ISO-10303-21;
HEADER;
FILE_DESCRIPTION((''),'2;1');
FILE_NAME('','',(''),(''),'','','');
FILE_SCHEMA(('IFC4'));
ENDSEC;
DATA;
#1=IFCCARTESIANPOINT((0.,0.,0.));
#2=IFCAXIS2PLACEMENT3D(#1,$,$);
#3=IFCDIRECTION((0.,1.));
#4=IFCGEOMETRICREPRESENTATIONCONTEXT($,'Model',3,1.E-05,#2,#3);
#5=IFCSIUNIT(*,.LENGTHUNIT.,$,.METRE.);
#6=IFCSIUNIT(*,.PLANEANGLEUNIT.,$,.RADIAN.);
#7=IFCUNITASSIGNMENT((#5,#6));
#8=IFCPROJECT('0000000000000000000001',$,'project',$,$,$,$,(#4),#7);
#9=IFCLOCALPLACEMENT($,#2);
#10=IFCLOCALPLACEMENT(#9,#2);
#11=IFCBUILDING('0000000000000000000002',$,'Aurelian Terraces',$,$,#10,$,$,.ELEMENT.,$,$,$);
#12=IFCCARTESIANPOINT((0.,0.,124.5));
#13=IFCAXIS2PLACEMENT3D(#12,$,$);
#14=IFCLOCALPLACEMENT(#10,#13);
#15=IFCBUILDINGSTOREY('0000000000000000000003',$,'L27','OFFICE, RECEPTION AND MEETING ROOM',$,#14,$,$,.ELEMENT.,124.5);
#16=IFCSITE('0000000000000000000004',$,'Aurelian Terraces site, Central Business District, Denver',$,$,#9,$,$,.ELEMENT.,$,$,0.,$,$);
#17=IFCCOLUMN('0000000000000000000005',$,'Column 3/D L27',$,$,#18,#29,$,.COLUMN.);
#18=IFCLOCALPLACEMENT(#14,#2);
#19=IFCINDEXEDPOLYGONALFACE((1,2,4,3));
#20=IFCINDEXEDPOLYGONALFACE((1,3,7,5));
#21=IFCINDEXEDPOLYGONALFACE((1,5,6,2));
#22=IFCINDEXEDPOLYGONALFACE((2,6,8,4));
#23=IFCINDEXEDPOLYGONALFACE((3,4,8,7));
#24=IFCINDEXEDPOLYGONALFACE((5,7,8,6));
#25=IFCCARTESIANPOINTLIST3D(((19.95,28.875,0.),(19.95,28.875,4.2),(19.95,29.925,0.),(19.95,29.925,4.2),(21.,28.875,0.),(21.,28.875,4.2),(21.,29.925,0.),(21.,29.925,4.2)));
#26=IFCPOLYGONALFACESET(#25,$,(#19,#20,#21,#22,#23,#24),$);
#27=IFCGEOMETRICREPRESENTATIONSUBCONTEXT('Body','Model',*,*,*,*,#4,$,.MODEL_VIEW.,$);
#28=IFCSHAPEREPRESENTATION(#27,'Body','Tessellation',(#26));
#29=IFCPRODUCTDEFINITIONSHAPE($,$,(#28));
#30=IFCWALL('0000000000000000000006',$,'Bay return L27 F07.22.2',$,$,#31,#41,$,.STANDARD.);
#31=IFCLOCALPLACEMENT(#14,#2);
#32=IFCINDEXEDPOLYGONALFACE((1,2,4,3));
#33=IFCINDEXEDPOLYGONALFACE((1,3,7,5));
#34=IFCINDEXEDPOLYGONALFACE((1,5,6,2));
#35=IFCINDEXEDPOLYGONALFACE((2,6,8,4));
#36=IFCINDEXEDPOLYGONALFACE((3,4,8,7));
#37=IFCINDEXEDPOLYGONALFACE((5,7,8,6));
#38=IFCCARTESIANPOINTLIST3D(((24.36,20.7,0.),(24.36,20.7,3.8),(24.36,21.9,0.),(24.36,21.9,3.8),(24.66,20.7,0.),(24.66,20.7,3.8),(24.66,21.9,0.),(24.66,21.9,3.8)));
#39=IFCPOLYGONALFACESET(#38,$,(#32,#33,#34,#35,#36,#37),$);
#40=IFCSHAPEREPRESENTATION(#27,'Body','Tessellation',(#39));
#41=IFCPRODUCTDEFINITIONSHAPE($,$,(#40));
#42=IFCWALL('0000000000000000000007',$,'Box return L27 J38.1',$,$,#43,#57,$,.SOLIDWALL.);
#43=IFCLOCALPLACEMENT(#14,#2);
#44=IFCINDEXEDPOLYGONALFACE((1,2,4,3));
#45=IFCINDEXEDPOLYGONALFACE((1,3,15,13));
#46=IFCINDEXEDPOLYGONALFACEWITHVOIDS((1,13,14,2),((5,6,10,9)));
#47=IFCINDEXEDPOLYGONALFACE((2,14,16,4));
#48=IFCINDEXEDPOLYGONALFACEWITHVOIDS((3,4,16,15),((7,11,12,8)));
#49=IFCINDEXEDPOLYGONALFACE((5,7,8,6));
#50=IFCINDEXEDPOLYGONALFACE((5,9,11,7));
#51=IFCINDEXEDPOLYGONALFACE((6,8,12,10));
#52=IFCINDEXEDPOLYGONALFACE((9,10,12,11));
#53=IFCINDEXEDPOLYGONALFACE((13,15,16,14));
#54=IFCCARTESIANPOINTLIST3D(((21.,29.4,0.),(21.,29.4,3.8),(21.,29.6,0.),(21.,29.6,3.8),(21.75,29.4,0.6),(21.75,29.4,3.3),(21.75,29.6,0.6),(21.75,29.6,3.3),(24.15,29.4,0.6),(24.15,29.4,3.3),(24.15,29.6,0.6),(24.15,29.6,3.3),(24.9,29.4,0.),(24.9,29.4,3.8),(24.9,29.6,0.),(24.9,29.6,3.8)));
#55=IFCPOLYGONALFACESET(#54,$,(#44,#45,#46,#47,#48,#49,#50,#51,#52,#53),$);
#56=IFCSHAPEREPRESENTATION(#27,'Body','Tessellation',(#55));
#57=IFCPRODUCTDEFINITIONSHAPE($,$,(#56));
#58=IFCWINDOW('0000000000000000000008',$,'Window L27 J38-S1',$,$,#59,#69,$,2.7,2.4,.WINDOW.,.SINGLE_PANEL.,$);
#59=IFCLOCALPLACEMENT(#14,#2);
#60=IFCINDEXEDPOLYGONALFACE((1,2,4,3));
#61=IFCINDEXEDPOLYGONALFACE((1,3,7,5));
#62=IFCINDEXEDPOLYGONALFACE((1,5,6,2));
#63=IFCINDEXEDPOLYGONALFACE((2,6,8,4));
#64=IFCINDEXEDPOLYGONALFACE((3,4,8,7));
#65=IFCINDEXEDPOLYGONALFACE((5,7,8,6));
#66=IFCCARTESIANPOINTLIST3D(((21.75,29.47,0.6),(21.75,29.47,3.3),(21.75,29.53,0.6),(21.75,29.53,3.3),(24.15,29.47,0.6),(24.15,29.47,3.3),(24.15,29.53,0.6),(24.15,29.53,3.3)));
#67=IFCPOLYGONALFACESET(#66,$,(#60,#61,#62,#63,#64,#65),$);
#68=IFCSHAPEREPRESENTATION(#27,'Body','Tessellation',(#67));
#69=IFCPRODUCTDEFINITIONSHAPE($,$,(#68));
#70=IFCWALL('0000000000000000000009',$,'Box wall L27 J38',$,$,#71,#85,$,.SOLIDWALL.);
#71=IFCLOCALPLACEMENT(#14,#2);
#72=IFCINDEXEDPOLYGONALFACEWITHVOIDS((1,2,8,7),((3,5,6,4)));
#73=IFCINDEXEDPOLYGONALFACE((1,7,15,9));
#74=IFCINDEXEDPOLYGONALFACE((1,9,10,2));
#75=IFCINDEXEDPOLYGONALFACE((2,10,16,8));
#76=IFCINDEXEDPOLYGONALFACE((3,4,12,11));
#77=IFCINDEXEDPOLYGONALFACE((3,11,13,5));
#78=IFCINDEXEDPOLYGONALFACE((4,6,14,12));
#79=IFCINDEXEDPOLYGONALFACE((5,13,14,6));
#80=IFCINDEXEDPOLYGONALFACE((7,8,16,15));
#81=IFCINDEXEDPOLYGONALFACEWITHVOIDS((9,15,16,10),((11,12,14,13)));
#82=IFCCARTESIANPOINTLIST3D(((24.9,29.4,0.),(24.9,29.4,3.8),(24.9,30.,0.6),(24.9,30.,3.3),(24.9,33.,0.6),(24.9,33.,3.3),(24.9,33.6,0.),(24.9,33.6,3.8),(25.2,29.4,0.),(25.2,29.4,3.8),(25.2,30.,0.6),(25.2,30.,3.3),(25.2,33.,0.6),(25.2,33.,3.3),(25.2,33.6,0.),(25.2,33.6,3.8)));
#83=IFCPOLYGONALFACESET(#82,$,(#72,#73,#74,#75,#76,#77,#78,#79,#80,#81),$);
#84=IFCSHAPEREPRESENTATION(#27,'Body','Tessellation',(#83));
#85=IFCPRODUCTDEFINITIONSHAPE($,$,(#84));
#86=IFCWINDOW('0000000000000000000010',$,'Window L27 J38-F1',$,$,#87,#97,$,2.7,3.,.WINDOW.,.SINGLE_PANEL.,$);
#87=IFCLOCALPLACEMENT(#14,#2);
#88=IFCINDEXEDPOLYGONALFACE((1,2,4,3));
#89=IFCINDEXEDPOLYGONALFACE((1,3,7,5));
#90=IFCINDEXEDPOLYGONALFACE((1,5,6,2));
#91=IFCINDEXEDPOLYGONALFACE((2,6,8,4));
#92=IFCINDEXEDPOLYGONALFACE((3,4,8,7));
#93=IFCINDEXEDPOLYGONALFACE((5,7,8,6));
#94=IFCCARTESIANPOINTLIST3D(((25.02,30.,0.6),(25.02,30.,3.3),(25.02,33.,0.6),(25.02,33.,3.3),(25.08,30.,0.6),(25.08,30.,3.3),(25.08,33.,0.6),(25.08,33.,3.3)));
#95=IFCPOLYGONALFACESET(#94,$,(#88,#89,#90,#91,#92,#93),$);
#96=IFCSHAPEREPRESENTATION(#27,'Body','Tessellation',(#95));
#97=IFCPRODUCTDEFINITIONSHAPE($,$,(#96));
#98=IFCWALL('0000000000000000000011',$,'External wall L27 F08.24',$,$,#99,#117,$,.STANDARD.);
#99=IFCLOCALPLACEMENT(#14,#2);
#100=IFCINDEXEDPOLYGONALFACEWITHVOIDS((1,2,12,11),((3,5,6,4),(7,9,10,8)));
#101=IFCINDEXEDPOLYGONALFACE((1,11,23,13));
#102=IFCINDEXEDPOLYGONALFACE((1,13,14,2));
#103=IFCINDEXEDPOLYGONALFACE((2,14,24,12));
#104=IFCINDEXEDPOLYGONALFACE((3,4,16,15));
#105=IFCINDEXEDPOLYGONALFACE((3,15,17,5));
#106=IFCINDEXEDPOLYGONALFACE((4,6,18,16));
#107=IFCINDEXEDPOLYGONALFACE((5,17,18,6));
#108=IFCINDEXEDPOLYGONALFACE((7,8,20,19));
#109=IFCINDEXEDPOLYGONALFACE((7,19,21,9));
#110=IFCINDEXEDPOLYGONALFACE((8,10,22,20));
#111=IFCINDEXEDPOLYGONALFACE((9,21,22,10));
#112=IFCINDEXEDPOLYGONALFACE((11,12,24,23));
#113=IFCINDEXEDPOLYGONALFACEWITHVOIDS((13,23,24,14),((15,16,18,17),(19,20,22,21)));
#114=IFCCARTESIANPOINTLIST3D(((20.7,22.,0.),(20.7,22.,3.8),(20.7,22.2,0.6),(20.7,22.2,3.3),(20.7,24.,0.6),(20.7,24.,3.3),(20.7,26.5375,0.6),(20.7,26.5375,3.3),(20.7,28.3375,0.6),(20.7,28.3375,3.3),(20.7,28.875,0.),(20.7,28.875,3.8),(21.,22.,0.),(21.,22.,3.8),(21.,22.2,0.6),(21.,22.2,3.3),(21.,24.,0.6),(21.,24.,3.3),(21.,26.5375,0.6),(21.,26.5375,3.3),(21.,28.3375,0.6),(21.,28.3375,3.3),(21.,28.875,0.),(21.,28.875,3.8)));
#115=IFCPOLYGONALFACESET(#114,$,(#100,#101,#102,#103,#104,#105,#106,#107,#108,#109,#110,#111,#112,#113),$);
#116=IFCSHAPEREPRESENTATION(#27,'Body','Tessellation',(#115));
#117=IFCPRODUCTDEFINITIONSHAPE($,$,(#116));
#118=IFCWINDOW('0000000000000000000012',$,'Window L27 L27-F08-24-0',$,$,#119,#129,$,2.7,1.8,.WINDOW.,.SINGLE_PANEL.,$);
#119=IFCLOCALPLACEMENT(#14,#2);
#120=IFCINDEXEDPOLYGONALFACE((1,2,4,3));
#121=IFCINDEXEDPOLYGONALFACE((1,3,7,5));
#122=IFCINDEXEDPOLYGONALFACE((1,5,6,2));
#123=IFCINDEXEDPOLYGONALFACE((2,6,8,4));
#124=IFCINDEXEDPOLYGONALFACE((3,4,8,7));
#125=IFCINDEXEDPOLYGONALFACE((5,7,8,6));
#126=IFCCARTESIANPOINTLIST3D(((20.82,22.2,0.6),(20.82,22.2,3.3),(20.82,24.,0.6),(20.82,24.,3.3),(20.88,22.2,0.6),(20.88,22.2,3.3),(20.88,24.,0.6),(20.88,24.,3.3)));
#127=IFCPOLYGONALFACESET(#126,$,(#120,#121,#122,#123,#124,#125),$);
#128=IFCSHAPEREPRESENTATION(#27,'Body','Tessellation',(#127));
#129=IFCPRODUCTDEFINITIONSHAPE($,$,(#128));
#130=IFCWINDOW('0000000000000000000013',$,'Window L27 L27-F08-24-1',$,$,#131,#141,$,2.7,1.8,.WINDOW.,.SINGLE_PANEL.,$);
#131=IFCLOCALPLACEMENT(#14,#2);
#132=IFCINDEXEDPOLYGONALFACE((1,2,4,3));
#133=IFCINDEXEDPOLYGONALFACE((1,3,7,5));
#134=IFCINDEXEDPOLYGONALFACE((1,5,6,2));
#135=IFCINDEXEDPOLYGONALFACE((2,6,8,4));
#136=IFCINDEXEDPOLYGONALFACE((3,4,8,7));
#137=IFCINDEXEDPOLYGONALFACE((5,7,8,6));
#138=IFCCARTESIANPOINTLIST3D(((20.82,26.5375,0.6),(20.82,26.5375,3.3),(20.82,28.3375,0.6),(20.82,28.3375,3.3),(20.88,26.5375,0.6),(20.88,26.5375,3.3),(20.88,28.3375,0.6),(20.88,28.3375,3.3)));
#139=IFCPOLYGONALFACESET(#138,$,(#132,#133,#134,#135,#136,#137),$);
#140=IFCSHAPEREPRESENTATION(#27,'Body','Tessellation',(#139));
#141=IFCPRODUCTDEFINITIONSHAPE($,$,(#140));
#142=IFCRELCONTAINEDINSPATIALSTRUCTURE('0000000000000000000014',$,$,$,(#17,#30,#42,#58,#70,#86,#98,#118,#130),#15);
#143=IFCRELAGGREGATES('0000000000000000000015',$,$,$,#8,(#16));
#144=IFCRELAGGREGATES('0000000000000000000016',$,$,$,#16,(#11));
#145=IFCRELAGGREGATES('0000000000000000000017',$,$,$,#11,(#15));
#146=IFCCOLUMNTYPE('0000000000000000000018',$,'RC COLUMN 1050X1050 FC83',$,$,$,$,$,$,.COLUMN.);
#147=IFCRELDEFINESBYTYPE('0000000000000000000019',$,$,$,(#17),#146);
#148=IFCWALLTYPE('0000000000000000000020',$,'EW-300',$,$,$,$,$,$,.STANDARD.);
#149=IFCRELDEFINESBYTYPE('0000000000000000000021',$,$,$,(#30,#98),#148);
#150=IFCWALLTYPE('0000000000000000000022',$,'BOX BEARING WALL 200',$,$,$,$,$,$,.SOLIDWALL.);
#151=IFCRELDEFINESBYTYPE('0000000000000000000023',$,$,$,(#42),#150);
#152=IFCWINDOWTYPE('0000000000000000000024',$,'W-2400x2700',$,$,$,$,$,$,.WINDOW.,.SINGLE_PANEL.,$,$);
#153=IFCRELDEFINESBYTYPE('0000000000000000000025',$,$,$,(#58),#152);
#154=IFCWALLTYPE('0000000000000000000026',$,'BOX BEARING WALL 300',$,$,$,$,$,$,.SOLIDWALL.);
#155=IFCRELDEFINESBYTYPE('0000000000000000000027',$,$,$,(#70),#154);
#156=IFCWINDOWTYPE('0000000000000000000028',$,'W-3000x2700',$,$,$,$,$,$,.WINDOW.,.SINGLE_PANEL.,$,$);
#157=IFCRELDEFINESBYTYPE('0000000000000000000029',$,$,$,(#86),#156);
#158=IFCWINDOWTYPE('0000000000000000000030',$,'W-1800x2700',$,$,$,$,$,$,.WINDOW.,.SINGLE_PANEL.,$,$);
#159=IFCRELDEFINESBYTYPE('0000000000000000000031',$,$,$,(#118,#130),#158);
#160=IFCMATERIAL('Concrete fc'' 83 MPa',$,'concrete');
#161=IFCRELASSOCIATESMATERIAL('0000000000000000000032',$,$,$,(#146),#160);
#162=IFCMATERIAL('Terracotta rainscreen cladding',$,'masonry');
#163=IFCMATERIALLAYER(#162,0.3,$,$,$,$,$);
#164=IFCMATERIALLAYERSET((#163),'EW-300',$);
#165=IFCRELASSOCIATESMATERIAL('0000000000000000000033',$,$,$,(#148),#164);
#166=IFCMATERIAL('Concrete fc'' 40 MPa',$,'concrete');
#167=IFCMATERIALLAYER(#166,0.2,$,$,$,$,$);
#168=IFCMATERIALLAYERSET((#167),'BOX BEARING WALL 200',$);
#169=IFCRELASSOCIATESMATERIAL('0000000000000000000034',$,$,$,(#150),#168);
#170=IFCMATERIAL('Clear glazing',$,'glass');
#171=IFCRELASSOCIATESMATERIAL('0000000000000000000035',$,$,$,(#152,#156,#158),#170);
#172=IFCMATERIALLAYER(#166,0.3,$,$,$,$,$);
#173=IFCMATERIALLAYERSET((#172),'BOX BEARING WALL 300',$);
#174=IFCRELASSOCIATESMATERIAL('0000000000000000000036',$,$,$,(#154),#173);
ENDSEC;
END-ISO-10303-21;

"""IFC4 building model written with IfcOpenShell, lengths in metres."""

from ifc_helpers import new_model, si_unit, direction, frame, frame_2d, origin, origin_2d, place, context, subcontext, project, spatial, rectangle, extrude, source, transform, mapped, material, layer, layer_set, material_profile, profile_set, type_object, element, fill, save


model = new_model("IFC4")

# Units and contexts
model_context = context("Model", 3, precision=1e-05, world=origin(), true_north=direction((0.0, 1.0)))
body_context = subcontext(model_context, "Body", "Model", "MODEL_VIEW")
ifc_project = project(units=[si_unit("LENGTHUNIT", "METRE"), si_unit("PLANEANGLEUNIT", "RADIAN")], contexts=[model_context])

# Site, building, storey
site_placement = place(None, origin())
site = spatial("IfcSite", under=ifc_project, at=site_placement, Name="Aurelian Terraces site, Central Business District, Denver", CompositionType="ELEMENT", RefElevation=0.0)
building_placement = place(site_placement, origin())
building = spatial("IfcBuilding", under=site, at=building_placement, Name="Aurelian Terraces", CompositionType="ELEMENT")
storey_placement = place(building_placement, frame((0.0, 0.0, 124.5)))
storey = spatial("IfcBuildingStorey", under=building, at=storey_placement, Name="L27", Description="OFFICE, RECEPTION AND MEETING ROOM", CompositionType="ELEMENT", Elevation=124.5)

# Column
ifc_material_1 = material(Name="Concrete fc' 83 MPa", Category="concrete")
ifc_material_profile = material_profile(ifc_material_1, rectangle(XDim=1.05, YDim=1.05, at=origin_2d()))
ifc_profile_set = profile_set([ifc_material_profile], Name="Concrete fc' 83 MPa")
column_type = type_object("IfcColumnType", Name="RC COLUMN 1050X1050 FC83", PredefinedType="COLUMN", material=ifc_profile_set)
shared_shape_1 = source(origin(), body_context, "Body", "SweptSolid", [
    extrude(rectangle(XDim=1.05, YDim=1.05, at=origin_2d()), origin(), (0.0, 0.0, 1.0), 4.2),
])
column_placement = place(storey_placement, frame((20.475, 29.4, 0.0), z_axis=(0.0, 0.0, 1.0), x_axis=(1.0, 0.0, 0.0)))
element("IfcColumn", 1, at=column_placement, inside=storey, type_object=column_type, Name="Column 3/D L27", PredefinedType="COLUMN", context=body_context, shape_type="MappedRepresentation", body=[
    mapped(shared_shape_1, transform((0.0, 0.0, 0.0), scale=1.0)),
])

# Wall
ifc_material_2 = material(Name="Terracotta rainscreen cladding", Category="masonry")
ifc_layer_1 = layer(ifc_material_2, 0.3)
ifc_layer_set_1 = layer_set([ifc_layer_1], Name="EW-300")
wall_type_1 = type_object("IfcWallType", Name="EW-300", PredefinedType="STANDARD", material=ifc_layer_set_1)
shared_shape_2 = source(origin(), body_context, "Body", "SweptSolid", [
    extrude(rectangle(XDim=1.2, YDim=0.3, at=frame_2d((0.6, 0.0))), origin(), (0.0, 0.0, 1.0), 3.8),
])
wall_1_placement = place(storey_placement, frame((24.51, 20.7, 0.0), z_axis=(0.0, 0.0, 1.0), x_axis=(0.0, 1.0, 0.0)))
element("IfcWall", 2, at=wall_1_placement, inside=storey, type_object=wall_type_1, Name="Bay return L27 F07.22.2", PredefinedType="STANDARD", context=body_context, shape_type="MappedRepresentation", body=[
    mapped(shared_shape_2, transform((0.0, 0.0, 0.0), scale=1.0)),
])

# Walls, openings, windows
ifc_material_3 = material(Name="Concrete fc' 40 MPa", Category="concrete")
ifc_layer_2 = layer(ifc_material_3, 0.2)
ifc_layer_set_2 = layer_set([ifc_layer_2], Name="BOX BEARING WALL 200")
wall_type_2 = type_object("IfcWallType", Name="BOX BEARING WALL 200", PredefinedType="SOLIDWALL", material=ifc_layer_set_2)
shared_shape_3 = source(origin(), body_context, "Body", "SweptSolid", [
    extrude(rectangle(XDim=3.9, YDim=0.2, at=frame_2d((1.95, 0.0))), origin(), (0.0, 0.0, 1.0), 3.8),
])
wall_2_placement = place(storey_placement, frame((21.0, 29.5, 0.0), z_axis=(0.0, 0.0, 1.0), x_axis=(1.0, 0.0, 0.0)))
wall_2 = element("IfcWall", 3, at=wall_2_placement, inside=storey, type_object=wall_type_2, Name="Box return L27 J38.1", PredefinedType="SOLIDWALL", context=body_context, shape_type="MappedRepresentation", body=[
    mapped(shared_shape_3, transform((0.0, 0.0, 0.0), scale=1.0)),
])
shared_shape_4 = source(origin(), body_context, "Body", "SweptSolid", [
    extrude(rectangle(XDim=2.4, YDim=2.7, at=frame_2d((1.2, 1.35))), frame((0.0, 0.11, 0.0), z_axis=(0.0, -1.0, 0.0), x_axis=(1.0, 0.0, 0.0)), (0.0, 0.0, 1.0), 0.22),
])
opening_1_placement = place(wall_2_placement, frame((0.75, 0.0, 0.6)))
opening_1 = element("IfcOpeningElement", 4, at=opening_1_placement, cuts=wall_2, PredefinedType="OPENING", context=body_context, shape_type="MappedRepresentation", body=[
    mapped(shared_shape_4, transform((0.0, 0.0, 0.0), scale=1.0)),
])
ifc_material_4 = material(Name="Clear glazing", Category="glass")
window_type_1 = type_object("IfcWindowType", Name="W-2400x2700", PartitioningType="SINGLE_PANEL", PredefinedType="WINDOW", material=ifc_material_4)
shared_shape_5 = source(origin(), body_context, "Body", "SweptSolid", [
    extrude(rectangle(XDim=2.4, YDim=2.7, at=frame_2d((1.2, 1.35))), frame((0.0, 0.03, 0.0), z_axis=(0.0, -1.0, 0.0), x_axis=(1.0, 0.0, 0.0)), (0.0, 0.0, 1.0), 0.06),
])
window_1_placement = place(opening_1_placement, origin())
window_1 = element("IfcWindow", 5, at=window_1_placement, inside=storey, type_object=window_type_1, Name="Window L27 J38-S1", OverallHeight=2.7, OverallWidth=2.4, PartitioningType="SINGLE_PANEL", PredefinedType="WINDOW", context=body_context, shape_type="MappedRepresentation", body=[
    mapped(shared_shape_5, transform((0.0, 0.0, 0.0), scale=1.0)),
])
fill(opening_1, window_1)
ifc_layer_3 = layer(ifc_material_3, 0.3)
ifc_layer_set_3 = layer_set([ifc_layer_3], Name="BOX BEARING WALL 300")
wall_type_3 = type_object("IfcWallType", Name="BOX BEARING WALL 300", PredefinedType="SOLIDWALL", material=ifc_layer_set_3)
shared_shape_6 = source(origin(), body_context, "Body", "SweptSolid", [
    extrude(rectangle(XDim=4.2, YDim=0.3, at=frame_2d((2.1, 0.0))), origin(), (0.0, 0.0, 1.0), 3.8),
])
wall_3_placement = place(storey_placement, frame((25.05, 29.4, 0.0), z_axis=(0.0, 0.0, 1.0), x_axis=(0.0, 1.0, 0.0)))
wall_3 = element("IfcWall", 6, at=wall_3_placement, inside=storey, type_object=wall_type_3, Name="Box wall L27 J38", PredefinedType="SOLIDWALL", context=body_context, shape_type="MappedRepresentation", body=[
    mapped(shared_shape_6, transform((0.0, 0.0, 0.0), scale=1.0)),
])
shared_shape_7 = source(origin(), body_context, "Body", "SweptSolid", [
    extrude(rectangle(XDim=3.0, YDim=2.7, at=frame_2d((1.5, 1.35))), frame((0.0, 0.16, 0.0), z_axis=(0.0, -1.0, 0.0), x_axis=(1.0, 0.0, 0.0)), (0.0, 0.0, 1.0), 0.32),
])
opening_2_placement = place(wall_3_placement, frame((0.6, 0.0, 0.6)))
opening_2 = element("IfcOpeningElement", 7, at=opening_2_placement, cuts=wall_3, PredefinedType="OPENING", context=body_context, shape_type="MappedRepresentation", body=[
    mapped(shared_shape_7, transform((0.0, 0.0, 0.0), scale=1.0)),
])
window_type_2 = type_object("IfcWindowType", Name="W-3000x2700", PartitioningType="SINGLE_PANEL", PredefinedType="WINDOW", material=ifc_material_4)
shared_shape_8 = source(origin(), body_context, "Body", "SweptSolid", [
    extrude(rectangle(XDim=3.0, YDim=2.7, at=frame_2d((1.5, 1.35))), frame((0.0, 0.03, 0.0), z_axis=(0.0, -1.0, 0.0), x_axis=(1.0, 0.0, 0.0)), (0.0, 0.0, 1.0), 0.06),
])
window_2_placement = place(opening_2_placement, origin())
window_2 = element("IfcWindow", 8, at=window_2_placement, inside=storey, type_object=window_type_2, Name="Window L27 J38-F1", OverallHeight=2.7, OverallWidth=3.0, PartitioningType="SINGLE_PANEL", PredefinedType="WINDOW", context=body_context, shape_type="MappedRepresentation", body=[
    mapped(shared_shape_8, transform((0.0, 0.0, 0.0), scale=1.0)),
])
fill(opening_2, window_2)

# Wall, openings, windows
shared_shape_9 = source(origin(), body_context, "Body", "SweptSolid", [
    extrude(rectangle(XDim=6.875, YDim=0.3, at=frame_2d((3.4375, 0.0))), origin(), (0.0, 0.0, 1.0), 3.8),
])
wall_4_placement = place(storey_placement, frame((20.85, 22.0, 0.0), z_axis=(0.0, 0.0, 1.0), x_axis=(0.0, 1.0, 0.0)))
wall_4 = element("IfcWall", 9, at=wall_4_placement, inside=storey, type_object=wall_type_1, Name="External wall L27 F08.24", PredefinedType="STANDARD", context=body_context, shape_type="MappedRepresentation", body=[
    mapped(shared_shape_9, transform((0.0, 0.0, 0.0), scale=1.0)),
])
shared_shape_10 = source(origin(), body_context, "Body", "SweptSolid", [
    extrude(rectangle(XDim=1.8, YDim=2.7, at=frame_2d((0.9, 1.35))), frame((0.0, 0.16, 0.0), z_axis=(0.0, -1.0, 0.0), x_axis=(1.0, 0.0, 0.0)), (0.0, 0.0, 1.0), 0.32),
])
opening_3_placement = place(wall_4_placement, frame((0.2, 0.0, 0.6)))
opening_3 = element("IfcOpeningElement", 10, at=opening_3_placement, cuts=wall_4, PredefinedType="OPENING", context=body_context, shape_type="MappedRepresentation", body=[
    mapped(shared_shape_10, transform((0.0, 0.0, 0.0), scale=1.0)),
])
opening_4_placement = place(wall_4_placement, frame((4.5375, 0.0, 0.6)))
opening_4 = element("IfcOpeningElement", 11, at=opening_4_placement, cuts=wall_4, PredefinedType="OPENING", context=body_context, shape_type="MappedRepresentation", body=[
    mapped(shared_shape_10, transform((0.0, 0.0, 0.0), scale=1.0)),
])
window_type_3 = type_object("IfcWindowType", Name="W-1800x2700", PartitioningType="SINGLE_PANEL", PredefinedType="WINDOW", material=ifc_material_4)
shared_shape_11 = source(origin(), body_context, "Body", "SweptSolid", [
    extrude(rectangle(XDim=1.8, YDim=2.7, at=frame_2d((0.9, 1.35))), frame((0.0, 0.03, 0.0), z_axis=(0.0, -1.0, 0.0), x_axis=(1.0, 0.0, 0.0)), (0.0, 0.0, 1.0), 0.06),
])
window_3_placement = place(opening_3_placement, origin())
window_3 = element("IfcWindow", 12, at=window_3_placement, inside=storey, type_object=window_type_3, Name="Window L27 L27-F08-24-0", OverallHeight=2.7, OverallWidth=1.8, PartitioningType="SINGLE_PANEL", PredefinedType="WINDOW", context=body_context, shape_type="MappedRepresentation", body=[
    mapped(shared_shape_11, transform((0.0, 0.0, 0.0), scale=1.0)),
])
fill(opening_3, window_3)
window_4_placement = place(opening_4_placement, origin())
window_4 = element("IfcWindow", 13, at=window_4_placement, inside=storey, type_object=window_type_3, Name="Window L27 L27-F08-24-1", OverallHeight=2.7, OverallWidth=1.8, PartitioningType="SINGLE_PANEL", PredefinedType="WINDOW", context=body_context, shape_type="MappedRepresentation", body=[
    mapped(shared_shape_11, transform((0.0, 0.0, 0.0), scale=1.0)),
])
fill(opening_4, window_4)

save(model, "model.ifc")
